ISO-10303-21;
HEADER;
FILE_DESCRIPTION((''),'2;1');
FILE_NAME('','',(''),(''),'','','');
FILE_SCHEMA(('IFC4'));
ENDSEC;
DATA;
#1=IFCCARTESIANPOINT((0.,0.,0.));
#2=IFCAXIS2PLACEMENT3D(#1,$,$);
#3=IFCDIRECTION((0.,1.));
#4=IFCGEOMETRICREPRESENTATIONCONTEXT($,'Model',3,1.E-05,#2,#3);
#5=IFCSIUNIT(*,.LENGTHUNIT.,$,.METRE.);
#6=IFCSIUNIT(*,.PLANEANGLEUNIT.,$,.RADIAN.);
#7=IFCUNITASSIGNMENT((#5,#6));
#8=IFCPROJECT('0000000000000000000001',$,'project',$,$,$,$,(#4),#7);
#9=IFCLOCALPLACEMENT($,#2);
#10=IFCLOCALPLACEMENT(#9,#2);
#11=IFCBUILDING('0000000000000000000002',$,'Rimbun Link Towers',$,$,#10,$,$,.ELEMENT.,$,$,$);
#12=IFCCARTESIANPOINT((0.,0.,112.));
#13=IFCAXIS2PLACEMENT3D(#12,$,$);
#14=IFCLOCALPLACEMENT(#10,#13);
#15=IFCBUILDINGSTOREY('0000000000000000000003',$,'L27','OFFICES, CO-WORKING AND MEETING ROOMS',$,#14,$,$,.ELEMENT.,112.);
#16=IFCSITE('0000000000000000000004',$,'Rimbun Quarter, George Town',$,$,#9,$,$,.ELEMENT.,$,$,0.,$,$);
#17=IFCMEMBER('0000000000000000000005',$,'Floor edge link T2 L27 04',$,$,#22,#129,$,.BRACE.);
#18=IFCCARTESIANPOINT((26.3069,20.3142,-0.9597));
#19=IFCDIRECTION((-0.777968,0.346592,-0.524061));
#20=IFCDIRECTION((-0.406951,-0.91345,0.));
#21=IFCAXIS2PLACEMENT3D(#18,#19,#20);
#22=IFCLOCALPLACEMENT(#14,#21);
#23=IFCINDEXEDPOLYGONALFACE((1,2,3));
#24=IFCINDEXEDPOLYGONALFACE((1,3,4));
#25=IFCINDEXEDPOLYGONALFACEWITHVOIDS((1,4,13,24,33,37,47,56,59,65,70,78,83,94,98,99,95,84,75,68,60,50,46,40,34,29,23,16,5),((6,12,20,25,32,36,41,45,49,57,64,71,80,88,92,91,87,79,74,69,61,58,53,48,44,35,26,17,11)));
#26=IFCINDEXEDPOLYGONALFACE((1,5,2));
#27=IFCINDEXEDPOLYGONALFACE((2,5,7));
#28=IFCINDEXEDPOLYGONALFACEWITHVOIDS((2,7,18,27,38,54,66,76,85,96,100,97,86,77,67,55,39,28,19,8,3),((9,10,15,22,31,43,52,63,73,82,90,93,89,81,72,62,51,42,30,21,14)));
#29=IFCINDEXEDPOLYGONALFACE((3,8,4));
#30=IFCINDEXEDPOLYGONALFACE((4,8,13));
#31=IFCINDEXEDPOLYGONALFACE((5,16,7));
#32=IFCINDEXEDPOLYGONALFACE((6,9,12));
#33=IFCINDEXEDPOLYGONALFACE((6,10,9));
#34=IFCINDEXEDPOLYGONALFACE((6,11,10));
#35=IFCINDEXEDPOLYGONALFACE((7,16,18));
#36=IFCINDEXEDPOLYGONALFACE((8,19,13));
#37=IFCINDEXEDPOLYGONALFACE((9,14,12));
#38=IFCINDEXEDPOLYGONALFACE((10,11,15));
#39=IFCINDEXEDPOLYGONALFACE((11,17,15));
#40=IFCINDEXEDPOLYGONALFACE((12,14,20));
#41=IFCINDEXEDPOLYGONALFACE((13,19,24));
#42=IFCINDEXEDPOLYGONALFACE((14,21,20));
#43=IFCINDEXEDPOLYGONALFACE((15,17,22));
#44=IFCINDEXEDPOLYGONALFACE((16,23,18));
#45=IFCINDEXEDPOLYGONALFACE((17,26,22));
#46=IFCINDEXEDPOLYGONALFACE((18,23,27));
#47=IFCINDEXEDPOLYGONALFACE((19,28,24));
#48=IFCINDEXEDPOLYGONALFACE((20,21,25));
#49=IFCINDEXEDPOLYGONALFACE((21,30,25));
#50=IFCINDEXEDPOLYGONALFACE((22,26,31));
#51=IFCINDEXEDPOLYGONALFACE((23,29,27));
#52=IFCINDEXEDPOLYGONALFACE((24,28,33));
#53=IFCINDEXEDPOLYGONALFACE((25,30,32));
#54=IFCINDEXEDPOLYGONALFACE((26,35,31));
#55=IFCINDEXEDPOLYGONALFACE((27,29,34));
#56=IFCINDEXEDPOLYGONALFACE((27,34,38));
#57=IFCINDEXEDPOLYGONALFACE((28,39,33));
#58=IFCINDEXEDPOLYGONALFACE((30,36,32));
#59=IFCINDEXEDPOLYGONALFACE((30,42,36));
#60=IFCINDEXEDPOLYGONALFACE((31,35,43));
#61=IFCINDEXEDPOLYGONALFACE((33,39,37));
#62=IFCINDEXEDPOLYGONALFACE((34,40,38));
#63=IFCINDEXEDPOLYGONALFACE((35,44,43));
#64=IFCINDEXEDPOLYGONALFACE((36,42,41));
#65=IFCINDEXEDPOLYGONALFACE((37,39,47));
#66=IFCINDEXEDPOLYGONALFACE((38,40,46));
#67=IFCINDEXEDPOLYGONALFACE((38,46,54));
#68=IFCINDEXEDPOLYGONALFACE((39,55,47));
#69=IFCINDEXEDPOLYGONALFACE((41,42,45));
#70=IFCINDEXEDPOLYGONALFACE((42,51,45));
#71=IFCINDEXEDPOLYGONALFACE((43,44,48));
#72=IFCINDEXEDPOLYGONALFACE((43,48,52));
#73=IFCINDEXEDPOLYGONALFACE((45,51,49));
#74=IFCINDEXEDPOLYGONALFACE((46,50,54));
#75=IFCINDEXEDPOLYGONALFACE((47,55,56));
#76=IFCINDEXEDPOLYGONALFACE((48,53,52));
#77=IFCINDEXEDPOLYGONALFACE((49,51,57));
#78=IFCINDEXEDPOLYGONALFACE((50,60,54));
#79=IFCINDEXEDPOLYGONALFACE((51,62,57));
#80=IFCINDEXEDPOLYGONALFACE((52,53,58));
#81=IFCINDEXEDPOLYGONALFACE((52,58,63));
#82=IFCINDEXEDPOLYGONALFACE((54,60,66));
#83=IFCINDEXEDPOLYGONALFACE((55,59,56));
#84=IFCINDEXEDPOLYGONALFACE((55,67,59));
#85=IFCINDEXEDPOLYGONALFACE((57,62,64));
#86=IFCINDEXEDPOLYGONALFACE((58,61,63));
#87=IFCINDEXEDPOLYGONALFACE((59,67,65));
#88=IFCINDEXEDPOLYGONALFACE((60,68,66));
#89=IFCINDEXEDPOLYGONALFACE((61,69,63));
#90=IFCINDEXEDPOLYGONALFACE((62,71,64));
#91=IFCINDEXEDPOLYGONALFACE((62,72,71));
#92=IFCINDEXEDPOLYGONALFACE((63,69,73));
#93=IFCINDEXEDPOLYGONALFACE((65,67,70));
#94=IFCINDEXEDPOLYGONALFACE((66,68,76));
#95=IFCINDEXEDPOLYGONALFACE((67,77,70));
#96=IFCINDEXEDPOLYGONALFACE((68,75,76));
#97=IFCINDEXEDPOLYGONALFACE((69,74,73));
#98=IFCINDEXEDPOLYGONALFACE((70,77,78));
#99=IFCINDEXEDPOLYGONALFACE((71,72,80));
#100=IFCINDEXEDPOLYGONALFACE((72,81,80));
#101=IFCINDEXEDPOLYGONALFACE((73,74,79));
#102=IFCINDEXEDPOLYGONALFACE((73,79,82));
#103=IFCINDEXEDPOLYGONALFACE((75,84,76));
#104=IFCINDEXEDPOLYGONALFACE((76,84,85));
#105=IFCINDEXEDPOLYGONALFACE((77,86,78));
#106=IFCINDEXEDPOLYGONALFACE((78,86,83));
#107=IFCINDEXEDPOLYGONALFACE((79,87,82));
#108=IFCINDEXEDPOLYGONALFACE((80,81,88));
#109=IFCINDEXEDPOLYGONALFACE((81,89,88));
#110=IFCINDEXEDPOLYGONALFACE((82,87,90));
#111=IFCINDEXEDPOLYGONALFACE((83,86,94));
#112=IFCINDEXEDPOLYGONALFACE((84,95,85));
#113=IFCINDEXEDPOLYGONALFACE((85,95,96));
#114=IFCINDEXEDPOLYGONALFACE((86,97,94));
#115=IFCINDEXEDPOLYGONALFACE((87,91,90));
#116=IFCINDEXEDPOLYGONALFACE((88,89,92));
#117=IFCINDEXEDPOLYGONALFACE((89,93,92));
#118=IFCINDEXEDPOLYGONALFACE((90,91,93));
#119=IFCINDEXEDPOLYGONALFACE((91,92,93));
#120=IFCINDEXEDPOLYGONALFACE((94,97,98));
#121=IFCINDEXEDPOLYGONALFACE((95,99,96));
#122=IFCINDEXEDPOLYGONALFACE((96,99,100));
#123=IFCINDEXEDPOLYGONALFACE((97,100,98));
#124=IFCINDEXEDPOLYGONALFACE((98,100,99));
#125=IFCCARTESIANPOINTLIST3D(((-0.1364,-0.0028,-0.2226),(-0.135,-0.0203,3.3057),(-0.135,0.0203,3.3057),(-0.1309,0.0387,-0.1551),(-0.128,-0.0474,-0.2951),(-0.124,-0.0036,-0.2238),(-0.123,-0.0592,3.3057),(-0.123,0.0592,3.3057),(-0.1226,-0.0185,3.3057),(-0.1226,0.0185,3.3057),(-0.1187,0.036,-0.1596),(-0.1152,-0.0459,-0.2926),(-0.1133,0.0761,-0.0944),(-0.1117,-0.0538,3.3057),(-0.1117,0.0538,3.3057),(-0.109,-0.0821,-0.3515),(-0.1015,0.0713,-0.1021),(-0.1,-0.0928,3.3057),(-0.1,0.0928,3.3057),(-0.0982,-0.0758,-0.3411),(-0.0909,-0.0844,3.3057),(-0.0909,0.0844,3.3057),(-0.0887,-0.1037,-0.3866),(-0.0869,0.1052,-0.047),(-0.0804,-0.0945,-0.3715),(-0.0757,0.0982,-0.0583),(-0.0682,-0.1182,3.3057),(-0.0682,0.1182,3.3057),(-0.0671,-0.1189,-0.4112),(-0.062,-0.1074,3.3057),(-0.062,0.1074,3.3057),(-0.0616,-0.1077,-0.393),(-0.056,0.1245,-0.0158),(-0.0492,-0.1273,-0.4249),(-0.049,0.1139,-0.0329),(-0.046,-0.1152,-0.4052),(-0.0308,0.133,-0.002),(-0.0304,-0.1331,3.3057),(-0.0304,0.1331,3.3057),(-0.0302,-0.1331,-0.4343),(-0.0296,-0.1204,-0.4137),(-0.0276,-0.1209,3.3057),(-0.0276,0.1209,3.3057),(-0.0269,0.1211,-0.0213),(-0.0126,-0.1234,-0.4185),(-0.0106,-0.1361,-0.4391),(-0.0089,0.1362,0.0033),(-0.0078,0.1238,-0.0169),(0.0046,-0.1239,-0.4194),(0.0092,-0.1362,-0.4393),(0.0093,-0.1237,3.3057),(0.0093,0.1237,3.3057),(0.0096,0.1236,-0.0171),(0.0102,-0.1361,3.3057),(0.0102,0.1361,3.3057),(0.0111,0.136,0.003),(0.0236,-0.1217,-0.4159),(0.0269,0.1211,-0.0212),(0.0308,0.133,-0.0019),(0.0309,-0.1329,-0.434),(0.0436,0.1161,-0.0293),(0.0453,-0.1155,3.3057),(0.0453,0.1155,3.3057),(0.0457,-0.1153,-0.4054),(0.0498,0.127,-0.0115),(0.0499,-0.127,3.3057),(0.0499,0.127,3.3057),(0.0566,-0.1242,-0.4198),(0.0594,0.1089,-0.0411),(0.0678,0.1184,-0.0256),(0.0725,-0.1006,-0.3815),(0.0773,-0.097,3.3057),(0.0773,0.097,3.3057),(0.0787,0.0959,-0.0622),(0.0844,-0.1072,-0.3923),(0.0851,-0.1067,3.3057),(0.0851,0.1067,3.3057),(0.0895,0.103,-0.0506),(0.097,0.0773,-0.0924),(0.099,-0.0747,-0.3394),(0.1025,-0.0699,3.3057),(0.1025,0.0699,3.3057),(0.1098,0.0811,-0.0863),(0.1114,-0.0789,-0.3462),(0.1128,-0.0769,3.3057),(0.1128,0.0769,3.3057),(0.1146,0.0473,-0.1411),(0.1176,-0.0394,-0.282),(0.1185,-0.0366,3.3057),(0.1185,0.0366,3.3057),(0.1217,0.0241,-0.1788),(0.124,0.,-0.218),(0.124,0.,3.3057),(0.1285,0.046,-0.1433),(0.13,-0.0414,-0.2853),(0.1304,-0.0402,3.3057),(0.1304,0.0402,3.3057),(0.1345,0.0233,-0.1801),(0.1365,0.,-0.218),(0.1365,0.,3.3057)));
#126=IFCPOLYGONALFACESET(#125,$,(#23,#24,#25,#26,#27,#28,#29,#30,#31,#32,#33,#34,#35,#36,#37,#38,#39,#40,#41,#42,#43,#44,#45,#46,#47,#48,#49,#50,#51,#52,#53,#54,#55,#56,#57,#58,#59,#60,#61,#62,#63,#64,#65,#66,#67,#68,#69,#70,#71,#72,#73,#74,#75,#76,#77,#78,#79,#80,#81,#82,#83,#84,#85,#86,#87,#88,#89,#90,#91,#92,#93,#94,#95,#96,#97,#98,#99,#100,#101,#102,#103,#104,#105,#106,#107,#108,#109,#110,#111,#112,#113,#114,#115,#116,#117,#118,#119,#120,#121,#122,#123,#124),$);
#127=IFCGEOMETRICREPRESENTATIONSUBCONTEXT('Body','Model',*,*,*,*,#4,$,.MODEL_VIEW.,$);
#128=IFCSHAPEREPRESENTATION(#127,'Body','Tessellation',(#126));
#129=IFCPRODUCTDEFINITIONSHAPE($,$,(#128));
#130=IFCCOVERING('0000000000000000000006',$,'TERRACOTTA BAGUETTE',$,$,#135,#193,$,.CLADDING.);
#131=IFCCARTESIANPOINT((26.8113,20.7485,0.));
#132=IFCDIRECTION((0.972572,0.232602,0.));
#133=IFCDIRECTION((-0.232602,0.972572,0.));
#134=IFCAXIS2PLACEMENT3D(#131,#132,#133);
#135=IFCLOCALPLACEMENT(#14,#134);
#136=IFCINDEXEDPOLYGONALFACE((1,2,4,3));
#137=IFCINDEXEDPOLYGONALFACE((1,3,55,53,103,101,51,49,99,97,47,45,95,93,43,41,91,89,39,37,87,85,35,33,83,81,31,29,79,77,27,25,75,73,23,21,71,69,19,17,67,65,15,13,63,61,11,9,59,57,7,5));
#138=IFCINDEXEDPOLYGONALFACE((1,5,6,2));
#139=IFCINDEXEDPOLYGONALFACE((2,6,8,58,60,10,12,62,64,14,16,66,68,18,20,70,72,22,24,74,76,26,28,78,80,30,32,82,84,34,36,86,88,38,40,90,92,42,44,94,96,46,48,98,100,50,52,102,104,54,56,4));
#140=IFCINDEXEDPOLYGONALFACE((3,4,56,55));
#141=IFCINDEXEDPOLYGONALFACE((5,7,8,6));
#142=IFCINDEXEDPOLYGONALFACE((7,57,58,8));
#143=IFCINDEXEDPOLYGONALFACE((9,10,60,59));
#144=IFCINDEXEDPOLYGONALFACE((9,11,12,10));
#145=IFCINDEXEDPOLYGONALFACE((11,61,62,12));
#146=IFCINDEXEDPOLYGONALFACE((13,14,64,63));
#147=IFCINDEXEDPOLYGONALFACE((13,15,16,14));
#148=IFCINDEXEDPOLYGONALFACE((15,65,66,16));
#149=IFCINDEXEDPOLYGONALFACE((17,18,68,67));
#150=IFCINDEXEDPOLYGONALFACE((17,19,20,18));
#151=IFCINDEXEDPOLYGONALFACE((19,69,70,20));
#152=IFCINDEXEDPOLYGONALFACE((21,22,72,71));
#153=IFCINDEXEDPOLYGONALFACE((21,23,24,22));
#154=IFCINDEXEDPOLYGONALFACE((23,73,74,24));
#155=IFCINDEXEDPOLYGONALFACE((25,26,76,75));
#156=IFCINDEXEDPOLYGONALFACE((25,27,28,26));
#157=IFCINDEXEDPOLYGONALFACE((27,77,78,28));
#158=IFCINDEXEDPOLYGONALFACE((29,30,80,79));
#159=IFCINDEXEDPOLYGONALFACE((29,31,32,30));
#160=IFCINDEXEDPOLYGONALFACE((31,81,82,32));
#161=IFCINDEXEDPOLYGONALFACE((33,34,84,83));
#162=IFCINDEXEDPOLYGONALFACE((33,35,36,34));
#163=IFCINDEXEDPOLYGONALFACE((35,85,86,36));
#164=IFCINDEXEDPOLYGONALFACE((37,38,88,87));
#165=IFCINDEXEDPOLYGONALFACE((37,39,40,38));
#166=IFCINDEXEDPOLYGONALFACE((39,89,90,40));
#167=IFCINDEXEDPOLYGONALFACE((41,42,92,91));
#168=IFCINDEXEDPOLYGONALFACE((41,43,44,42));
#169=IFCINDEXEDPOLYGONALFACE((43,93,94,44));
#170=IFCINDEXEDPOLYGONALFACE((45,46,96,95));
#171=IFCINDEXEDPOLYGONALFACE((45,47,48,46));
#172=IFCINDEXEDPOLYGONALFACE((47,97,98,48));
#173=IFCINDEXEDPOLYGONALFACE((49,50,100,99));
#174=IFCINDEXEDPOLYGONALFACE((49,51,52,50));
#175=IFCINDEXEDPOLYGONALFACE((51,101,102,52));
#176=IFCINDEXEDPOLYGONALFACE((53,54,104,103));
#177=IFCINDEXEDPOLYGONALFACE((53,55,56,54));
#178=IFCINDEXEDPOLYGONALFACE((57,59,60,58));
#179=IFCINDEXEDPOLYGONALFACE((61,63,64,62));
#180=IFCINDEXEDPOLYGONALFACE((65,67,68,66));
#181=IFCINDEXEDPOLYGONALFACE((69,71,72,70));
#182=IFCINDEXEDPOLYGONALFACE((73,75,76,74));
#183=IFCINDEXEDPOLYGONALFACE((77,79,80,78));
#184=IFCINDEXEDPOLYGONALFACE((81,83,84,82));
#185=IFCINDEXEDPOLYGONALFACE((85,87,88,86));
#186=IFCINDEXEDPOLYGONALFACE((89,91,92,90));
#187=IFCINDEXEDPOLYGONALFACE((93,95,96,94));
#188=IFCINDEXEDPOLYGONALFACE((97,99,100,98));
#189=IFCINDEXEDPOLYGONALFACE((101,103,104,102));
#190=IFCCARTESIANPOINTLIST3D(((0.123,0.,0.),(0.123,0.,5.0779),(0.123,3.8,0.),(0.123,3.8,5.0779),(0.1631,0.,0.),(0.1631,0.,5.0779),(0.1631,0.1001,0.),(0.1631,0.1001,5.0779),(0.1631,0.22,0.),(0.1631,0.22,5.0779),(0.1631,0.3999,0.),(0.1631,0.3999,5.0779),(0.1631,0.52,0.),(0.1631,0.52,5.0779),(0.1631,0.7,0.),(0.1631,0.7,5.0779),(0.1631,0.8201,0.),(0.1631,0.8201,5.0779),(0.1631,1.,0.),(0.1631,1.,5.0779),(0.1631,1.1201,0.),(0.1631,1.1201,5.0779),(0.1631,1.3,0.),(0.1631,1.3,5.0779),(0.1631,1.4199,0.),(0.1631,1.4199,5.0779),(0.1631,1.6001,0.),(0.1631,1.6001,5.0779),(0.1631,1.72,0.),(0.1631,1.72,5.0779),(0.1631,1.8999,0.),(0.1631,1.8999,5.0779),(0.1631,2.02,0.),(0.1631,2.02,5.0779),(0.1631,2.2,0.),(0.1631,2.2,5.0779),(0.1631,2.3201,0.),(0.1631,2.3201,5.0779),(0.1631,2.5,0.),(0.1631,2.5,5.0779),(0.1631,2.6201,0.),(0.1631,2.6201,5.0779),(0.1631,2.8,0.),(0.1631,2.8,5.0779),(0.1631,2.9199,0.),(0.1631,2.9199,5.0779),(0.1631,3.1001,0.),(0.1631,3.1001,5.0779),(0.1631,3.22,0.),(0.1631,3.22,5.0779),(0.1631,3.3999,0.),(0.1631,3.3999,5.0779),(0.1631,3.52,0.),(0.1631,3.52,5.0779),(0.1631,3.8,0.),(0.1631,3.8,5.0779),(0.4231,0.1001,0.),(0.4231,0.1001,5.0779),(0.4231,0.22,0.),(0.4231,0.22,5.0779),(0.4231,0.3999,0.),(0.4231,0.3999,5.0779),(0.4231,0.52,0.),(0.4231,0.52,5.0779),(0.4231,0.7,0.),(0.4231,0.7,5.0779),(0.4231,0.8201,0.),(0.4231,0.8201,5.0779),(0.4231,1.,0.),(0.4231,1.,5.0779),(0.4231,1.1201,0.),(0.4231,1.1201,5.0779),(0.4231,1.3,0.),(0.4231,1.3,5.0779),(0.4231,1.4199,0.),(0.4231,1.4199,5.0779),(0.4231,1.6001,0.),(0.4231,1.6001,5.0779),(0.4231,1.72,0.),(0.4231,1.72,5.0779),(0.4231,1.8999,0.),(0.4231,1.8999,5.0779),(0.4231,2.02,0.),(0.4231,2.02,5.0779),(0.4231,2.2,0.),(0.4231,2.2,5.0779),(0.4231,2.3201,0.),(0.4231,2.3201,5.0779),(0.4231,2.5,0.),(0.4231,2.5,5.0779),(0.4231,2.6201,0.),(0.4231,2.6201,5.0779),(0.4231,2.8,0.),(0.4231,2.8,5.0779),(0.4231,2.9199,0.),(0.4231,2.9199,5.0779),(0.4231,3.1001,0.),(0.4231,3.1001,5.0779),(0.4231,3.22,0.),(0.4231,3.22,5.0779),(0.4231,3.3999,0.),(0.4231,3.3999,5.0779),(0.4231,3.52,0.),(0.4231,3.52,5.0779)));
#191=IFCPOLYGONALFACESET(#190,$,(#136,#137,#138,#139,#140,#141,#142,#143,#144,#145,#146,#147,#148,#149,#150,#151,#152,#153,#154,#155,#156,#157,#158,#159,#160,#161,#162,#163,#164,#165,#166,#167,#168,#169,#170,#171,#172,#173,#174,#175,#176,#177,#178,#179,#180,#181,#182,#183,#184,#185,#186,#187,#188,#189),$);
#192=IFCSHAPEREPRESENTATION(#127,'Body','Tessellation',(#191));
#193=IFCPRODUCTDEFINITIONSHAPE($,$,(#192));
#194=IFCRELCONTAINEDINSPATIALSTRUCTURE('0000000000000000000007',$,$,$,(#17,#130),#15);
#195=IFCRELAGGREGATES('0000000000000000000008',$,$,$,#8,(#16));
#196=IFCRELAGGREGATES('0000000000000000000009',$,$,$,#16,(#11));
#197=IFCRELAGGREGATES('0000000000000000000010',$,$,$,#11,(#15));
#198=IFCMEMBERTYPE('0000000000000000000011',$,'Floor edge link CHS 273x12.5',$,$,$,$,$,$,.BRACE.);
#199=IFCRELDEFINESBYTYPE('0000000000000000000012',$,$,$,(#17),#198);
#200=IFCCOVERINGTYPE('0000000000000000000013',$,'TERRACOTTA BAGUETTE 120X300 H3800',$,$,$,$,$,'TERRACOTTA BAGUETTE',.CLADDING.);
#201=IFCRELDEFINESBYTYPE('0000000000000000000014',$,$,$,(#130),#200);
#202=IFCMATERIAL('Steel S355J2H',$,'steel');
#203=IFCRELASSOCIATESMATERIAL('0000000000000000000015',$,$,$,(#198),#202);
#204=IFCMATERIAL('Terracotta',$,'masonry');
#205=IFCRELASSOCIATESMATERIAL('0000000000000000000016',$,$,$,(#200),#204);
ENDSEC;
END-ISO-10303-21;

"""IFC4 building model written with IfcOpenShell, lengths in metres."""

from ifc_helpers import new_model, si_unit, direction, frame, origin, origin_2d, place, context, subcontext, project, spatial, polyline, hollow_circle, outline, extrude, clip, halfspace, material, material_profile, profile_set, type_object, element, save


model = new_model("IFC4")

# Units and contexts
model_context = context("Model", 3, precision=1e-05, world=origin(), true_north=direction((0.0, 1.0)))
body_context = subcontext(model_context, "Body", "Model", "MODEL_VIEW")
ifc_project = project(units=[si_unit("LENGTHUNIT", "METRE"), si_unit("PLANEANGLEUNIT", "RADIAN")], contexts=[model_context])

# Site, building, storey
site_placement = place(None, origin())
site = spatial("IfcSite", under=ifc_project, at=site_placement, Name="Rimbun Quarter, George Town", CompositionType="ELEMENT", RefElevation=0.0)
building_placement = place(site_placement, origin())
building = spatial("IfcBuilding", under=site, at=building_placement, Name="Rimbun Link Towers", CompositionType="ELEMENT")
storey_placement = place(building_placement, frame((0.0, 0.0, 112.0)))
storey = spatial("IfcBuildingStorey", under=building, at=storey_placement, Name="L27", Description="OFFICES, CO-WORKING AND MEETING ROOMS", CompositionType="ELEMENT", Elevation=112.0)

# Member
ifc_material_1 = material(Name="Steel S355J2H", Category="steel")
ifc_material_profile_1 = material_profile(ifc_material_1, hollow_circle(Radius=0.1365, WallThickness=0.0125, at=origin_2d()), Name="CHS 273x12.5")
ifc_profile_set_1 = profile_set([ifc_material_profile_1], Name="Steel S355J2H")
member_type_1 = type_object("IfcMemberType", Name="Floor edge link CHS 273x12.5", PredefinedType="BRACE", material=ifc_profile_set_1)
member_1_placement = place(storey_placement, frame((26.3069, 20.3142, -0.9597), z_axis=(-0.777968, 0.346592, -0.524061), x_axis=(-0.406951, -0.91345, 0.0)))
element("IfcMember", 1, at=member_1_placement, inside=storey, type_object=member_type_1, Name="Floor edge link T2 L27 04", PredefinedType="BRACE", context=body_context, shape_type="Clipping", body=[
    clip(extrude(hollow_circle(Radius=0.1365, WallThickness=0.0125, at=origin_2d()), frame((0.0, 0.0, -0.4629)), (0.0, 0.0, 1.0), 3.7686), halfspace(frame((0.0, 0.0, -0.218), z_axis=(0.0, 0.851681, -0.524061)), False)),
])

# Covering
ifc_material_2 = material(Name="Terracotta", Category="masonry")
ifc_material_profile_2 = material_profile(ifc_material_2, outline(polyline([(0.123, 0.0), (0.1631, 0.0), (0.1631, 0.1001), (0.4231, 0.1001), (0.4231, 0.22), (0.1631, 0.22), (0.1631, 0.3999), (0.4231, 0.3999), (0.4231, 0.52), (0.1631, 0.52), (0.1631, 0.7), (0.4231, 0.7), (0.4231, 0.8201), (0.1631, 0.8201), (0.1631, 1.0), (0.4231, 1.0), (0.4231, 1.1201), (0.1631, 1.1201), (0.1631, 1.3), (0.4231, 1.3), (0.4231, 1.4199), (0.1631, 1.4199), (0.1631, 1.6001), (0.4231, 1.6001), (0.4231, 1.72), (0.1631, 1.72), (0.1631, 1.8999), (0.4231, 1.8999), (0.4231, 2.02), (0.1631, 2.02), (0.1631, 2.2), (0.4231, 2.2), (0.4231, 2.3201), (0.1631, 2.3201), (0.1631, 2.5), (0.4231, 2.5), (0.4231, 2.6201), (0.1631, 2.6201), (0.1631, 2.8), (0.4231, 2.8), (0.4231, 2.9199), (0.1631, 2.9199), (0.1631, 3.1001), (0.4231, 3.1001), (0.4231, 3.22), (0.1631, 3.22), (0.1631, 3.3999), (0.4231, 3.3999), (0.4231, 3.52), (0.1631, 3.52), (0.1631, 3.8), (0.123, 3.8), (0.123, 0.0)])), Name="BAGUETTE 120X300")
ifc_profile_set_2 = profile_set([ifc_material_profile_2], Name="Terracotta")
covering_type = type_object("IfcCoveringType", Name="TERRACOTTA BAGUETTE 120X300 H3800", ElementType="TERRACOTTA BAGUETTE", PredefinedType="CLADDING", material=ifc_profile_set_2)
covering_1_placement = place(storey_placement, frame((26.8113, 20.7485, 0.0), z_axis=(0.972572, 0.232602, 0.0), x_axis=(-0.232602, 0.972572, 0.0)))
element("IfcCovering", 2, at=covering_1_placement, inside=storey, type_object=covering_type, Name="TERRACOTTA BAGUETTE", PredefinedType="CLADDING", context=body_context, shape_type="SweptSolid", body=[
    extrude(outline(polyline([(0.123, 0.0), (0.1631, 0.0), (0.1631, 0.1001), (0.4231, 0.1001), (0.4231, 0.22), (0.1631, 0.22), (0.1631, 0.3999), (0.4231, 0.3999), (0.4231, 0.52), (0.1631, 0.52), (0.1631, 0.7), (0.4231, 0.7), (0.4231, 0.8201), (0.1631, 0.8201), (0.1631, 1.0), (0.4231, 1.0), (0.4231, 1.1201), (0.1631, 1.1201), (0.1631, 1.3), (0.4231, 1.3), (0.4231, 1.4199), (0.1631, 1.4199), (0.1631, 1.6001), (0.4231, 1.6001), (0.4231, 1.72), (0.1631, 1.72), (0.1631, 1.8999), (0.4231, 1.8999), (0.4231, 2.02), (0.1631, 2.02), (0.1631, 2.2), (0.4231, 2.2), (0.4231, 2.3201), (0.1631, 2.3201), (0.1631, 2.5), (0.4231, 2.5), (0.4231, 2.6201), (0.1631, 2.6201), (0.1631, 2.8), (0.4231, 2.8), (0.4231, 2.9199), (0.1631, 2.9199), (0.1631, 3.1001), (0.4231, 3.1001), (0.4231, 3.22), (0.1631, 3.22), (0.1631, 3.3999), (0.4231, 3.3999), (0.4231, 3.52), (0.1631, 3.52), (0.1631, 3.8), (0.123, 3.8), (0.123, 0.0)])), origin(), (0.0, 0.0, 1.0), 5.0779),
])

save(model, "model.ifc")
